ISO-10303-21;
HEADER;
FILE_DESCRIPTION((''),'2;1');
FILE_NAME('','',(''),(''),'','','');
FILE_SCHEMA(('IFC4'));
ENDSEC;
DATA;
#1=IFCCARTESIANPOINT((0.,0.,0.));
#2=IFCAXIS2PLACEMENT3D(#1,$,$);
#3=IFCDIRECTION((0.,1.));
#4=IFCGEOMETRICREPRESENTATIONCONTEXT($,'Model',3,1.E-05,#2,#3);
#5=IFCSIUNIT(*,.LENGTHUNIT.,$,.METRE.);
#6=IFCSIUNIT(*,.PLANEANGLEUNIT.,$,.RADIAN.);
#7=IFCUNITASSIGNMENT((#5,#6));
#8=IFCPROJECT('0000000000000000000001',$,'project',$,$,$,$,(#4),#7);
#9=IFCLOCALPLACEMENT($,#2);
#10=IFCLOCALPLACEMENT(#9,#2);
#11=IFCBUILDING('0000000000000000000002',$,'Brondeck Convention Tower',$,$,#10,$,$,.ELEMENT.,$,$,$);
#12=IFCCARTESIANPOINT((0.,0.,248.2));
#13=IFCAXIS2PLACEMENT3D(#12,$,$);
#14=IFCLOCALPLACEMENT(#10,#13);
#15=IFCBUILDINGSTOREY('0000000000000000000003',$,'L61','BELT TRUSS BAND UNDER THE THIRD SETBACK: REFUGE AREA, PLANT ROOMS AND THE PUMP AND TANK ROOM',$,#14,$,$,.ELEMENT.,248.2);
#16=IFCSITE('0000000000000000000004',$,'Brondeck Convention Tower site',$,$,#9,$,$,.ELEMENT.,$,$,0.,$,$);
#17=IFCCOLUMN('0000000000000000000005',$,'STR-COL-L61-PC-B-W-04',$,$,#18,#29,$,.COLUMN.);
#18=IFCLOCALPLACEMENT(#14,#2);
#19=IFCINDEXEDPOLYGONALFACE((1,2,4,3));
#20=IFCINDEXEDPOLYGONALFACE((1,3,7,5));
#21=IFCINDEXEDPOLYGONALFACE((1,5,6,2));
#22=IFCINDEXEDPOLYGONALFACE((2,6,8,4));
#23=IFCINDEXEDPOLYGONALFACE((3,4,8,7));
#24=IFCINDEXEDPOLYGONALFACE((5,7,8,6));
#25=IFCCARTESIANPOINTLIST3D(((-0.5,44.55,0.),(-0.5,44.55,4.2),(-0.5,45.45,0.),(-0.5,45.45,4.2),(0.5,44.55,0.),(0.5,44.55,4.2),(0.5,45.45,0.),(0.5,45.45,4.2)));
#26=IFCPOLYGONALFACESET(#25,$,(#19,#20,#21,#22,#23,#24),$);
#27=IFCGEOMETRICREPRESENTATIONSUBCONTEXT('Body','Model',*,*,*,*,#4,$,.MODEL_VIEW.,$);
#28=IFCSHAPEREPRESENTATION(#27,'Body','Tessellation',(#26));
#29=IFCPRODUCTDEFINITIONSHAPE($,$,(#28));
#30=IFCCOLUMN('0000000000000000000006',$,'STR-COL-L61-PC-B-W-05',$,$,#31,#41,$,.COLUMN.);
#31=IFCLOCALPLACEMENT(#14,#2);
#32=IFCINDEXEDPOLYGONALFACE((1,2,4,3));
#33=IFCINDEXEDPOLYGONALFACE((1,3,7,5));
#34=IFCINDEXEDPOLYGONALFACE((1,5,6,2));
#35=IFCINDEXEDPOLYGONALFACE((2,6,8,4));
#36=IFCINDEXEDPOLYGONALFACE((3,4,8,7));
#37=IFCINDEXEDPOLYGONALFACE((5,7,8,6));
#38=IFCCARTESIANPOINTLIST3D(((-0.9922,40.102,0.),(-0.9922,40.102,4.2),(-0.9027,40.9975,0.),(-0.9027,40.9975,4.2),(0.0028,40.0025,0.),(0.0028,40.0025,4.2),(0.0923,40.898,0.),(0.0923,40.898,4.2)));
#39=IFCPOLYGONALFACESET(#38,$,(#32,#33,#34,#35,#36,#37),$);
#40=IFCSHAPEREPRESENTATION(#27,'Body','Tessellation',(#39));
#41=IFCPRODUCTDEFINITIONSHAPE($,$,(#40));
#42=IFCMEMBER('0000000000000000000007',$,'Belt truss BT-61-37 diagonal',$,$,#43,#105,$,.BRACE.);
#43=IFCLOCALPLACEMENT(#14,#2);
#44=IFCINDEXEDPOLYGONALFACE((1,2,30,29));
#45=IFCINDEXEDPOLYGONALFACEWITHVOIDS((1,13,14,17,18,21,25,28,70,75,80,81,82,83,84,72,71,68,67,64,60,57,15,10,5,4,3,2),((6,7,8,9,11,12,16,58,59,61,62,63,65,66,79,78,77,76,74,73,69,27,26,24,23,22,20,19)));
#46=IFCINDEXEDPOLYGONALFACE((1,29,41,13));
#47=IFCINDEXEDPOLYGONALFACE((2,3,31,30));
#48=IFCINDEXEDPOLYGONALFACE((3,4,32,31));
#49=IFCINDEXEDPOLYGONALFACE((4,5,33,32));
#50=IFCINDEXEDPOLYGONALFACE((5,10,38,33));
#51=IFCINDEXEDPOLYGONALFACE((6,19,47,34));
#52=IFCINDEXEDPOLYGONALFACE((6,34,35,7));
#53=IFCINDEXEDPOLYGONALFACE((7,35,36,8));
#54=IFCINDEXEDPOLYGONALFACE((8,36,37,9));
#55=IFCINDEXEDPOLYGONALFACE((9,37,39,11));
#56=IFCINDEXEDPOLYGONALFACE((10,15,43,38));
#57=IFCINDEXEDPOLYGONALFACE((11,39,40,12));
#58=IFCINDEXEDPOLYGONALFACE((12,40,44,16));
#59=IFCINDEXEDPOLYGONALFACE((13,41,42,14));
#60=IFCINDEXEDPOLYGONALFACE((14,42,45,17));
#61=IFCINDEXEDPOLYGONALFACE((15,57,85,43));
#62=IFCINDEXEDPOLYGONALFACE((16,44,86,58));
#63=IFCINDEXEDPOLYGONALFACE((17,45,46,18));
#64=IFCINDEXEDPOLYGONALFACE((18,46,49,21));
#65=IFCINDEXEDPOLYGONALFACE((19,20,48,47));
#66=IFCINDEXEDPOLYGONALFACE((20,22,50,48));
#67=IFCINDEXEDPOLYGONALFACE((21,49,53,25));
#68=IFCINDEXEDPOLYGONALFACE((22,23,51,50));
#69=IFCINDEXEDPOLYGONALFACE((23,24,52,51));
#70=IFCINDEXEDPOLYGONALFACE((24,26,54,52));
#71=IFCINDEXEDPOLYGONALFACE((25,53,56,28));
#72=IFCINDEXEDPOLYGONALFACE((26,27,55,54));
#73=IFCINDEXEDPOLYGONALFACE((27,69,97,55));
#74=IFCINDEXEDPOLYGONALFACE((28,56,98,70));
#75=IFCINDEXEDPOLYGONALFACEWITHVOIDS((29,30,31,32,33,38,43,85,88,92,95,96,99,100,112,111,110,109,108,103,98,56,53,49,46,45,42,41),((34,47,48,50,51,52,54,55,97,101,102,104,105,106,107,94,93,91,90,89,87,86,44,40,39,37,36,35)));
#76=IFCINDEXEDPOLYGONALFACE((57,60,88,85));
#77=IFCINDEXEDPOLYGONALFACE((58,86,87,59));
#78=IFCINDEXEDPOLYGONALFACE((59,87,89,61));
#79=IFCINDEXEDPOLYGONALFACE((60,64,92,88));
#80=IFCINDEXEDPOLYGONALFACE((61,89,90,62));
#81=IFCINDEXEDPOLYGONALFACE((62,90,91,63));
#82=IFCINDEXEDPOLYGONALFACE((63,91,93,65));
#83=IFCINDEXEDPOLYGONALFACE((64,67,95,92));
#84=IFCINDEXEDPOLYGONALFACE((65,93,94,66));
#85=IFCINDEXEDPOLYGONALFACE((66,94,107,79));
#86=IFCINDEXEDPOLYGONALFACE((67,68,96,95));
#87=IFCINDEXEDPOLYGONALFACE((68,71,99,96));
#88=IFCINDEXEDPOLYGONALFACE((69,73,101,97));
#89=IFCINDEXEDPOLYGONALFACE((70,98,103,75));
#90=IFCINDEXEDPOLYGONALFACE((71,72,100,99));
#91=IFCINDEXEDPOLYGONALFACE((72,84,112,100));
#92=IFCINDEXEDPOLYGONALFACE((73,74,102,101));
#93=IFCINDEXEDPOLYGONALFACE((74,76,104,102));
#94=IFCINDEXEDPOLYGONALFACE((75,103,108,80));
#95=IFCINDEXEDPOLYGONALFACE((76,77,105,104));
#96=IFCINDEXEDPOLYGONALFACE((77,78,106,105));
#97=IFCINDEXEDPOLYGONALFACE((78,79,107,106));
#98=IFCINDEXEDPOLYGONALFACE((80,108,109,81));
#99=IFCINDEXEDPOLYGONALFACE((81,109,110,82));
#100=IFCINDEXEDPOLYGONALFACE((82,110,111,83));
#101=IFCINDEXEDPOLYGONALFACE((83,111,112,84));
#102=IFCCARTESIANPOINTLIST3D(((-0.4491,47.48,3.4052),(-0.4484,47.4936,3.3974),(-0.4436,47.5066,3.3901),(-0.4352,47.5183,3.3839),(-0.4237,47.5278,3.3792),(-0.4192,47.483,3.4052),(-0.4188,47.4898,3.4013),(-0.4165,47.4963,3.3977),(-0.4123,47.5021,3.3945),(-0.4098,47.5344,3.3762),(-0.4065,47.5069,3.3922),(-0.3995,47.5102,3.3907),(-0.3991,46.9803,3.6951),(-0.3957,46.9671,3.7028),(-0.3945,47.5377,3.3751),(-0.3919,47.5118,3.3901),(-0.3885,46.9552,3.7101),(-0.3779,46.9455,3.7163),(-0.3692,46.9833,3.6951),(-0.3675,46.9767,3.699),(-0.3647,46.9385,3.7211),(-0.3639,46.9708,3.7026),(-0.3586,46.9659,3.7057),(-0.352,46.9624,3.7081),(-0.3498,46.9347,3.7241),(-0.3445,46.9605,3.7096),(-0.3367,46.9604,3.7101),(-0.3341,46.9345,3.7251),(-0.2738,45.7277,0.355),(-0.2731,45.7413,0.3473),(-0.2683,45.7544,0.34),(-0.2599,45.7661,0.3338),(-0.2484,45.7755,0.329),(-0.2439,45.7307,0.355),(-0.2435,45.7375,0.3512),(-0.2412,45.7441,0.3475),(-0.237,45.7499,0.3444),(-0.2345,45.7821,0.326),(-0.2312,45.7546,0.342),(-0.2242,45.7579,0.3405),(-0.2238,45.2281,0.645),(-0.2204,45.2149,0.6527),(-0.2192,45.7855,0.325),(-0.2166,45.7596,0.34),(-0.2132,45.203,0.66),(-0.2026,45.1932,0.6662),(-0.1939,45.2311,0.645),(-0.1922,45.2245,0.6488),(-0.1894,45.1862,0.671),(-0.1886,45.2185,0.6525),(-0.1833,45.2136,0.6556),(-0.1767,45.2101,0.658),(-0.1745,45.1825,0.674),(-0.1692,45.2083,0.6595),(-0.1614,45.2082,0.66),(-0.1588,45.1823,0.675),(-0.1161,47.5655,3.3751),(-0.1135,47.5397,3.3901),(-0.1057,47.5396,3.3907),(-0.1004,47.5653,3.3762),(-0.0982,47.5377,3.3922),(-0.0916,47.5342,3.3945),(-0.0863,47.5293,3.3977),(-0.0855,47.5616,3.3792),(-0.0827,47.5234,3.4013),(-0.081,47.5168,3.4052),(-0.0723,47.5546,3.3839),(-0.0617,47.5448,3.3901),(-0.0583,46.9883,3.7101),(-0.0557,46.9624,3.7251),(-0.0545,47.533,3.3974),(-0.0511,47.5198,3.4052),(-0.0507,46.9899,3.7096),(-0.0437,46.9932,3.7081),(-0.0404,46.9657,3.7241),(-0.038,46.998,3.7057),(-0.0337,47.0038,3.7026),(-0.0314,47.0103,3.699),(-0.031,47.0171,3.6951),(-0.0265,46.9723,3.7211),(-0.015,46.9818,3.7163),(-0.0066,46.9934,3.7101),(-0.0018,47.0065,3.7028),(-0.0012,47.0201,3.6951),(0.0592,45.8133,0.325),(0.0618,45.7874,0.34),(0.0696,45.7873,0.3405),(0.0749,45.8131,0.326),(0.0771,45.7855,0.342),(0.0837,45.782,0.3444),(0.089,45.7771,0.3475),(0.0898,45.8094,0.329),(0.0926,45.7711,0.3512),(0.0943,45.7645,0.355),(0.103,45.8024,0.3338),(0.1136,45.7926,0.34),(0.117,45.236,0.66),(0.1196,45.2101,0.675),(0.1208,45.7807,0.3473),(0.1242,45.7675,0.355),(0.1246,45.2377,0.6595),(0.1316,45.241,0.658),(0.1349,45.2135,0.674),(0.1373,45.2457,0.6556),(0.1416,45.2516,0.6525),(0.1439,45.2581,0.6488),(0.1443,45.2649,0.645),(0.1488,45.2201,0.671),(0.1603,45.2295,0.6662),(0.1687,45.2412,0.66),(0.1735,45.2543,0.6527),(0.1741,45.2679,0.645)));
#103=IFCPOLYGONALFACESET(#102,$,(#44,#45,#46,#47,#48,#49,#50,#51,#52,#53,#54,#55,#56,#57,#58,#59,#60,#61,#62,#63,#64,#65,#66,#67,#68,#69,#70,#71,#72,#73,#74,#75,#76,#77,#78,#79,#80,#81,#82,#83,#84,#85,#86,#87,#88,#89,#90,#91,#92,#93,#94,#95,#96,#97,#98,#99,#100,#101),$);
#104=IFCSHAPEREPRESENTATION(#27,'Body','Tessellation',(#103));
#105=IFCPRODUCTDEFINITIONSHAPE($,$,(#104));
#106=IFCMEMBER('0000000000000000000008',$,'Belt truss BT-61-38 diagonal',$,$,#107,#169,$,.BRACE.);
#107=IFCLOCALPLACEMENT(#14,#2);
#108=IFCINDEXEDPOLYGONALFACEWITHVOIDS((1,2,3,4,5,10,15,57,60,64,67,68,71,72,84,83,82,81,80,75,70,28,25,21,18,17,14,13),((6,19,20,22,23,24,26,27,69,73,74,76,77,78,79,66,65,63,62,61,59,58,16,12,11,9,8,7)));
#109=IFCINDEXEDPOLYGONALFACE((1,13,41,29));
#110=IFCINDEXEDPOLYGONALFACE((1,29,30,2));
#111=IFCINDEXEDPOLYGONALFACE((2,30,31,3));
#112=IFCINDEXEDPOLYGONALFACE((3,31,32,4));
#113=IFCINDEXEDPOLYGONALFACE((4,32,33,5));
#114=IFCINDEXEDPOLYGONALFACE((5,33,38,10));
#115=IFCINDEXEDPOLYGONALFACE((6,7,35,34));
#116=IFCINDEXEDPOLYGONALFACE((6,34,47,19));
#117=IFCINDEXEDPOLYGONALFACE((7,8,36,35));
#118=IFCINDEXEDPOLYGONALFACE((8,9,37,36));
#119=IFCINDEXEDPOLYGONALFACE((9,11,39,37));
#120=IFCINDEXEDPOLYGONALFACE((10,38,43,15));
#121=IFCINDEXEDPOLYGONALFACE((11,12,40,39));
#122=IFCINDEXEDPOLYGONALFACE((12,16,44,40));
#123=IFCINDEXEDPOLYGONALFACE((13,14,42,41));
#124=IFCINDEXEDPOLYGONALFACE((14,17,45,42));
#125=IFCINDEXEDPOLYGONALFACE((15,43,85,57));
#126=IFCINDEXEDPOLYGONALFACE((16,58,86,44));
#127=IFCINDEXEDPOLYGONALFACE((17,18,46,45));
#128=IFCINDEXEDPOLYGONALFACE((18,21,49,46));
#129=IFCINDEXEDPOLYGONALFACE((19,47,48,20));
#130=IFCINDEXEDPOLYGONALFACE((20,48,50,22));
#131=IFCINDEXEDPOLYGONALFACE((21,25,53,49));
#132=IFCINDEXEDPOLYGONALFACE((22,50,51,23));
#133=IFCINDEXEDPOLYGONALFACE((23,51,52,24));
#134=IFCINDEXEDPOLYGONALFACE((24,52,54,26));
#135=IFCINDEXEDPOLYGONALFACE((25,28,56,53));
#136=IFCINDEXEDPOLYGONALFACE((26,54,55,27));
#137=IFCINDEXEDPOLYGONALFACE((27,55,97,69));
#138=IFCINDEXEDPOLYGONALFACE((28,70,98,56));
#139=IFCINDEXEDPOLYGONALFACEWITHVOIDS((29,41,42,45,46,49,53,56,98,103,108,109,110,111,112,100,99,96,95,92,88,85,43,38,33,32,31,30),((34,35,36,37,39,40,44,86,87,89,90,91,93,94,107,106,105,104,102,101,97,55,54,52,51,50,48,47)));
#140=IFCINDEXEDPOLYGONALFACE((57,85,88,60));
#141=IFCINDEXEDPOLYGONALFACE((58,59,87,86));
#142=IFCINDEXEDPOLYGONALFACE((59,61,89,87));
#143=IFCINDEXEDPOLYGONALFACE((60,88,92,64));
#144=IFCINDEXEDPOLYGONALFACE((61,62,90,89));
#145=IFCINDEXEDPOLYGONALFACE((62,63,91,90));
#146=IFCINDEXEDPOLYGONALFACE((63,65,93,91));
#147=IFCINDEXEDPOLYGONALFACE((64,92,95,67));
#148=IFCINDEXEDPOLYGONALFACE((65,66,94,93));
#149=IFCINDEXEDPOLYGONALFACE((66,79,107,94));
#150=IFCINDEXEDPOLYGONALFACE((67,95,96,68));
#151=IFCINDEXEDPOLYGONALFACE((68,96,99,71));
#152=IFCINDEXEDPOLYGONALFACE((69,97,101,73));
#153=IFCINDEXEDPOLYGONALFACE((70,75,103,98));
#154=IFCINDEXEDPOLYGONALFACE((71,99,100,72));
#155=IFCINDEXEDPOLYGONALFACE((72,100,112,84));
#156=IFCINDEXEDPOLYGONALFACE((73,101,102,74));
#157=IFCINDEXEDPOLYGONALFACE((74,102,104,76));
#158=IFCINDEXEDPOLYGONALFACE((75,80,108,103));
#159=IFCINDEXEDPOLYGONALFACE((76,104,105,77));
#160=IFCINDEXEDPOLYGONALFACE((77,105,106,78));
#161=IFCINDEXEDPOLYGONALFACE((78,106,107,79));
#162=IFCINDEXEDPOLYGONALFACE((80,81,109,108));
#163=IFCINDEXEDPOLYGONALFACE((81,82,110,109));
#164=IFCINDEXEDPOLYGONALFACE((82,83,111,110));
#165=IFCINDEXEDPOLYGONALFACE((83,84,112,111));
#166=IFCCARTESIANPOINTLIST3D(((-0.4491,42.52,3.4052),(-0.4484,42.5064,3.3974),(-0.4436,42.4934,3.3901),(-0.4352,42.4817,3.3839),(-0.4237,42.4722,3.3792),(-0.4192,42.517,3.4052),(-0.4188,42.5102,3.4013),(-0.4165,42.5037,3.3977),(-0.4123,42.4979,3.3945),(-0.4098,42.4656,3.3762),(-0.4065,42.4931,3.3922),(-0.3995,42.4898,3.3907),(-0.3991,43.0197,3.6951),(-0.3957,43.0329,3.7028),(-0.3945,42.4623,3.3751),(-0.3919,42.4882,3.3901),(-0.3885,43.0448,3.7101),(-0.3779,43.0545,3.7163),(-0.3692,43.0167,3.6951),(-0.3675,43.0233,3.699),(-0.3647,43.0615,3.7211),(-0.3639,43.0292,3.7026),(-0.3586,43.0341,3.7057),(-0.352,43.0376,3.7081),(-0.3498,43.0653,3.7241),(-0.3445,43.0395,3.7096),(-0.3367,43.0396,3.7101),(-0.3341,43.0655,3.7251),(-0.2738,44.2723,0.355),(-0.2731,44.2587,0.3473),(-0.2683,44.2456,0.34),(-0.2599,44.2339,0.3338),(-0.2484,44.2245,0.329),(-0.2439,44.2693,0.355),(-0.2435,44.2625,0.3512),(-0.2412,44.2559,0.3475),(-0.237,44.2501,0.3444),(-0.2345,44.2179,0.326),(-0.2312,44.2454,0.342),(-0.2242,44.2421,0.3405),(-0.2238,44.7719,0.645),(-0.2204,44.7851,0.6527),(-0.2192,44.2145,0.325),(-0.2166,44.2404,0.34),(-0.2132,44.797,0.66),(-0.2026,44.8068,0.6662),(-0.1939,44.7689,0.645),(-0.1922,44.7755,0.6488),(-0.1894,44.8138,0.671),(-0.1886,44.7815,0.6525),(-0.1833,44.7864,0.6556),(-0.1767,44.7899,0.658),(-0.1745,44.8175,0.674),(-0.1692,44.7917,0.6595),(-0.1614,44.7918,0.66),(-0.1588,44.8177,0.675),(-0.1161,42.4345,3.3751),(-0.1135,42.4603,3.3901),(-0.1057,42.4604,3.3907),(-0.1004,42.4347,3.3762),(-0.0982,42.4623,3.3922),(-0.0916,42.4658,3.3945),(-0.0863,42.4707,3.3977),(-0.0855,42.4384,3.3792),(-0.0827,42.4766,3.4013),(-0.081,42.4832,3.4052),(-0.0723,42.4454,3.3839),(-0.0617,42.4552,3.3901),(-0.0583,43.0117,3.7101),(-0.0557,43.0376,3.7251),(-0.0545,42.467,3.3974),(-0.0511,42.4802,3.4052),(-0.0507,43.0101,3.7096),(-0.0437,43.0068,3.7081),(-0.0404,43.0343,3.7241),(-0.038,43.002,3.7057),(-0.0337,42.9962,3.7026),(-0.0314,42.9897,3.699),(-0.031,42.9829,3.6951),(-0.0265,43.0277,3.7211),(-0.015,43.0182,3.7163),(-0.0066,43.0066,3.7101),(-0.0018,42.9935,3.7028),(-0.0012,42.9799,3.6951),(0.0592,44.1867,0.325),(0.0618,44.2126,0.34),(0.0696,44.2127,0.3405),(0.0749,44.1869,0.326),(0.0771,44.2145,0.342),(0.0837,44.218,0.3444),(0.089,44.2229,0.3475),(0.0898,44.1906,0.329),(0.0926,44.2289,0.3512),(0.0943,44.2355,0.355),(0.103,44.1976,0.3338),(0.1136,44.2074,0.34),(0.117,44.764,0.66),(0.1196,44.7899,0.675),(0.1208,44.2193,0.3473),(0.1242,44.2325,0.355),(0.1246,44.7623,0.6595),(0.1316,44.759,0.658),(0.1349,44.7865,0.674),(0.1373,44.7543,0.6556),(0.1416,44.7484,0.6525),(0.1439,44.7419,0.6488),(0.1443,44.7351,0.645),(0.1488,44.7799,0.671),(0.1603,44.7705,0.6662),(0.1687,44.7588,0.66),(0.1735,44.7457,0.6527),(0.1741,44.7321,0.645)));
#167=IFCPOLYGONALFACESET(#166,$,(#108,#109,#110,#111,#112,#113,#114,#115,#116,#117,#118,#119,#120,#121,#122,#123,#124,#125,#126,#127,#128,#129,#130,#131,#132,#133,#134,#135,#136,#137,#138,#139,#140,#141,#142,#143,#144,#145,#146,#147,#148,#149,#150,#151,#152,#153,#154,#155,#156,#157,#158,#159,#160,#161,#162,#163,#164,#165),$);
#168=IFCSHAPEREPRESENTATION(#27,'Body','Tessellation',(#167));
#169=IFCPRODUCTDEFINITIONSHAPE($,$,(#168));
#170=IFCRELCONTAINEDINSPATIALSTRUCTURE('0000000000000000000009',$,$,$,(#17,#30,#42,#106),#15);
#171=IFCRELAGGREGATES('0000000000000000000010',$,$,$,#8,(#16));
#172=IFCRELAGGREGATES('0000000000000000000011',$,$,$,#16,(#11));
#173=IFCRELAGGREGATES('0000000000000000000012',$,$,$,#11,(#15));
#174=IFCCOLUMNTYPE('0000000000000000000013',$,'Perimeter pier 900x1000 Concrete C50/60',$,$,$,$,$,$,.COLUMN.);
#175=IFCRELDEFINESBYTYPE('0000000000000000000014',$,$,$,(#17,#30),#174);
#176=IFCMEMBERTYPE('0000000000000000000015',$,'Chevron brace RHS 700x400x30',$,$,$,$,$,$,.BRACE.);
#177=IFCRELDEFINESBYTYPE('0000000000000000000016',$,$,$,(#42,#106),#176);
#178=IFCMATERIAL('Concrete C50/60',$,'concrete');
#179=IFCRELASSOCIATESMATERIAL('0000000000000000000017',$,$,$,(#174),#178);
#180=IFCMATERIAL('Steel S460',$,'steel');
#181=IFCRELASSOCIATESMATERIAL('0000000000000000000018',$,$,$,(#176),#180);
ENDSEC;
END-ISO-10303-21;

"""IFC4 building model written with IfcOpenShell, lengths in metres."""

from ifc_helpers import new_model, si_unit, direction, frame, origin, origin_2d, place, context, subcontext, project, spatial, rectangle, hollow_rectangle, extrude, material, material_profile, profile_set, type_object, element, save


model = new_model("IFC4")

# Units and contexts
model_context = context("Model", 3, precision=1e-05, world=origin(), true_north=direction((0.0, 1.0)))
body_context = subcontext(model_context, "Body", "Model", "MODEL_VIEW")
ifc_project = project(units=[si_unit("LENGTHUNIT", "METRE"), si_unit("PLANEANGLEUNIT", "RADIAN")], contexts=[model_context])

# Site, building, storey
site_placement = place(None, origin())
site = spatial("IfcSite", under=ifc_project, at=site_placement, Name="Brondeck Convention Tower site", CompositionType="ELEMENT", RefElevation=0.0)
building_placement = place(site_placement, origin())
building = spatial("IfcBuilding", under=site, at=building_placement, Name="Brondeck Convention Tower", CompositionType="ELEMENT")
storey_placement = place(building_placement, frame((0.0, 0.0, 248.2)))
storey = spatial("IfcBuildingStorey", under=building, at=storey_placement, Name="L61", Description="BELT TRUSS BAND UNDER THE THIRD SETBACK: REFUGE AREA, PLANT ROOMS AND THE PUMP AND TANK ROOM", CompositionType="ELEMENT", Elevation=248.2)

# Columns
ifc_material_1 = material(Name="Concrete C50/60", Category="concrete")
ifc_material_profile_1 = material_profile(ifc_material_1, rectangle(XDim=0.8999, YDim=1.0, at=origin_2d()), Name="Perimeter pier 900x1000 Concrete C50/60")
ifc_profile_set_1 = profile_set([ifc_material_profile_1], Name="Concrete C50/60")
column_type = type_object("IfcColumnType", Name="Perimeter pier 900x1000 Concrete C50/60", PredefinedType="COLUMN", material=ifc_profile_set_1)
for number, where, z_axis, x_axis, name in (
    (1, (0.0, 45.0, 0.0), (0.0, 0.0, 1.0), (0.0, -1.0, 0.0), "STR-COL-L61-PC-B-W-04"),
    (2, (-0.45, 40.5, 0.0), (0.0, 0.0, 1.0), (-0.099504, -0.995037, 0.0), "STR-COL-L61-PC-B-W-05"),
):
    element("IfcColumn", number, at=place(storey_placement, frame(where, z_axis=z_axis, x_axis=x_axis)), inside=storey, type_object=column_type, Name=name, PredefinedType="COLUMN", context=body_context, shape_type="SweptSolid", body=[
        extrude(rectangle(XDim=0.8999, YDim=1.0, at=origin_2d()), origin(), (0.0, 0.0, 1.0), 4.2),
    ])

# Members
ifc_material_2 = material(Name="Steel S460", Category="steel")
ifc_material_profile_2 = material_profile(ifc_material_2, hollow_rectangle(XDim=0.3999, YDim=0.7, WallThickness=0.03, InnerFilletRadius=0.03, OuterFilletRadius=0.0601, at=origin_2d()), Name="RHS 700x400x30")
ifc_profile_set_2 = profile_set([ifc_material_profile_2], Name="Steel S460")
member_type_1 = type_object("IfcMemberType", Name="Chevron brace RHS 700x400x30", PredefinedType="BRACE", material=ifc_profile_set_2)
for number, where, z_axis, x_axis, name in (
    (3, (-0.0498, 45.4978, 0.5), (-0.049772, 0.497516, 0.866026), (-0.995033, -0.099545, 0.0), "Belt truss BT-61-37 diagonal"),
    (4, (-0.0498, 44.5022, 0.5), (-0.049772, -0.497516, 0.866026), (0.995033, -0.099545, 0.0), "Belt truss BT-61-38 diagonal"),
):
    element("IfcMember", number, at=place(storey_placement, frame(where, z_axis=z_axis, x_axis=x_axis)), inside=storey, type_object=member_type_1, Name=name, PredefinedType="BRACE", context=body_context, shape_type="SweptSolid", body=[
        extrude(hollow_rectangle(XDim=0.3999, YDim=0.7, WallThickness=0.03, InnerFilletRadius=0.03, OuterFilletRadius=0.0601, at=origin_2d()), origin(), (0.0, 0.0, 1.0), 3.522),
    ])

save(model, "model.ifc")
